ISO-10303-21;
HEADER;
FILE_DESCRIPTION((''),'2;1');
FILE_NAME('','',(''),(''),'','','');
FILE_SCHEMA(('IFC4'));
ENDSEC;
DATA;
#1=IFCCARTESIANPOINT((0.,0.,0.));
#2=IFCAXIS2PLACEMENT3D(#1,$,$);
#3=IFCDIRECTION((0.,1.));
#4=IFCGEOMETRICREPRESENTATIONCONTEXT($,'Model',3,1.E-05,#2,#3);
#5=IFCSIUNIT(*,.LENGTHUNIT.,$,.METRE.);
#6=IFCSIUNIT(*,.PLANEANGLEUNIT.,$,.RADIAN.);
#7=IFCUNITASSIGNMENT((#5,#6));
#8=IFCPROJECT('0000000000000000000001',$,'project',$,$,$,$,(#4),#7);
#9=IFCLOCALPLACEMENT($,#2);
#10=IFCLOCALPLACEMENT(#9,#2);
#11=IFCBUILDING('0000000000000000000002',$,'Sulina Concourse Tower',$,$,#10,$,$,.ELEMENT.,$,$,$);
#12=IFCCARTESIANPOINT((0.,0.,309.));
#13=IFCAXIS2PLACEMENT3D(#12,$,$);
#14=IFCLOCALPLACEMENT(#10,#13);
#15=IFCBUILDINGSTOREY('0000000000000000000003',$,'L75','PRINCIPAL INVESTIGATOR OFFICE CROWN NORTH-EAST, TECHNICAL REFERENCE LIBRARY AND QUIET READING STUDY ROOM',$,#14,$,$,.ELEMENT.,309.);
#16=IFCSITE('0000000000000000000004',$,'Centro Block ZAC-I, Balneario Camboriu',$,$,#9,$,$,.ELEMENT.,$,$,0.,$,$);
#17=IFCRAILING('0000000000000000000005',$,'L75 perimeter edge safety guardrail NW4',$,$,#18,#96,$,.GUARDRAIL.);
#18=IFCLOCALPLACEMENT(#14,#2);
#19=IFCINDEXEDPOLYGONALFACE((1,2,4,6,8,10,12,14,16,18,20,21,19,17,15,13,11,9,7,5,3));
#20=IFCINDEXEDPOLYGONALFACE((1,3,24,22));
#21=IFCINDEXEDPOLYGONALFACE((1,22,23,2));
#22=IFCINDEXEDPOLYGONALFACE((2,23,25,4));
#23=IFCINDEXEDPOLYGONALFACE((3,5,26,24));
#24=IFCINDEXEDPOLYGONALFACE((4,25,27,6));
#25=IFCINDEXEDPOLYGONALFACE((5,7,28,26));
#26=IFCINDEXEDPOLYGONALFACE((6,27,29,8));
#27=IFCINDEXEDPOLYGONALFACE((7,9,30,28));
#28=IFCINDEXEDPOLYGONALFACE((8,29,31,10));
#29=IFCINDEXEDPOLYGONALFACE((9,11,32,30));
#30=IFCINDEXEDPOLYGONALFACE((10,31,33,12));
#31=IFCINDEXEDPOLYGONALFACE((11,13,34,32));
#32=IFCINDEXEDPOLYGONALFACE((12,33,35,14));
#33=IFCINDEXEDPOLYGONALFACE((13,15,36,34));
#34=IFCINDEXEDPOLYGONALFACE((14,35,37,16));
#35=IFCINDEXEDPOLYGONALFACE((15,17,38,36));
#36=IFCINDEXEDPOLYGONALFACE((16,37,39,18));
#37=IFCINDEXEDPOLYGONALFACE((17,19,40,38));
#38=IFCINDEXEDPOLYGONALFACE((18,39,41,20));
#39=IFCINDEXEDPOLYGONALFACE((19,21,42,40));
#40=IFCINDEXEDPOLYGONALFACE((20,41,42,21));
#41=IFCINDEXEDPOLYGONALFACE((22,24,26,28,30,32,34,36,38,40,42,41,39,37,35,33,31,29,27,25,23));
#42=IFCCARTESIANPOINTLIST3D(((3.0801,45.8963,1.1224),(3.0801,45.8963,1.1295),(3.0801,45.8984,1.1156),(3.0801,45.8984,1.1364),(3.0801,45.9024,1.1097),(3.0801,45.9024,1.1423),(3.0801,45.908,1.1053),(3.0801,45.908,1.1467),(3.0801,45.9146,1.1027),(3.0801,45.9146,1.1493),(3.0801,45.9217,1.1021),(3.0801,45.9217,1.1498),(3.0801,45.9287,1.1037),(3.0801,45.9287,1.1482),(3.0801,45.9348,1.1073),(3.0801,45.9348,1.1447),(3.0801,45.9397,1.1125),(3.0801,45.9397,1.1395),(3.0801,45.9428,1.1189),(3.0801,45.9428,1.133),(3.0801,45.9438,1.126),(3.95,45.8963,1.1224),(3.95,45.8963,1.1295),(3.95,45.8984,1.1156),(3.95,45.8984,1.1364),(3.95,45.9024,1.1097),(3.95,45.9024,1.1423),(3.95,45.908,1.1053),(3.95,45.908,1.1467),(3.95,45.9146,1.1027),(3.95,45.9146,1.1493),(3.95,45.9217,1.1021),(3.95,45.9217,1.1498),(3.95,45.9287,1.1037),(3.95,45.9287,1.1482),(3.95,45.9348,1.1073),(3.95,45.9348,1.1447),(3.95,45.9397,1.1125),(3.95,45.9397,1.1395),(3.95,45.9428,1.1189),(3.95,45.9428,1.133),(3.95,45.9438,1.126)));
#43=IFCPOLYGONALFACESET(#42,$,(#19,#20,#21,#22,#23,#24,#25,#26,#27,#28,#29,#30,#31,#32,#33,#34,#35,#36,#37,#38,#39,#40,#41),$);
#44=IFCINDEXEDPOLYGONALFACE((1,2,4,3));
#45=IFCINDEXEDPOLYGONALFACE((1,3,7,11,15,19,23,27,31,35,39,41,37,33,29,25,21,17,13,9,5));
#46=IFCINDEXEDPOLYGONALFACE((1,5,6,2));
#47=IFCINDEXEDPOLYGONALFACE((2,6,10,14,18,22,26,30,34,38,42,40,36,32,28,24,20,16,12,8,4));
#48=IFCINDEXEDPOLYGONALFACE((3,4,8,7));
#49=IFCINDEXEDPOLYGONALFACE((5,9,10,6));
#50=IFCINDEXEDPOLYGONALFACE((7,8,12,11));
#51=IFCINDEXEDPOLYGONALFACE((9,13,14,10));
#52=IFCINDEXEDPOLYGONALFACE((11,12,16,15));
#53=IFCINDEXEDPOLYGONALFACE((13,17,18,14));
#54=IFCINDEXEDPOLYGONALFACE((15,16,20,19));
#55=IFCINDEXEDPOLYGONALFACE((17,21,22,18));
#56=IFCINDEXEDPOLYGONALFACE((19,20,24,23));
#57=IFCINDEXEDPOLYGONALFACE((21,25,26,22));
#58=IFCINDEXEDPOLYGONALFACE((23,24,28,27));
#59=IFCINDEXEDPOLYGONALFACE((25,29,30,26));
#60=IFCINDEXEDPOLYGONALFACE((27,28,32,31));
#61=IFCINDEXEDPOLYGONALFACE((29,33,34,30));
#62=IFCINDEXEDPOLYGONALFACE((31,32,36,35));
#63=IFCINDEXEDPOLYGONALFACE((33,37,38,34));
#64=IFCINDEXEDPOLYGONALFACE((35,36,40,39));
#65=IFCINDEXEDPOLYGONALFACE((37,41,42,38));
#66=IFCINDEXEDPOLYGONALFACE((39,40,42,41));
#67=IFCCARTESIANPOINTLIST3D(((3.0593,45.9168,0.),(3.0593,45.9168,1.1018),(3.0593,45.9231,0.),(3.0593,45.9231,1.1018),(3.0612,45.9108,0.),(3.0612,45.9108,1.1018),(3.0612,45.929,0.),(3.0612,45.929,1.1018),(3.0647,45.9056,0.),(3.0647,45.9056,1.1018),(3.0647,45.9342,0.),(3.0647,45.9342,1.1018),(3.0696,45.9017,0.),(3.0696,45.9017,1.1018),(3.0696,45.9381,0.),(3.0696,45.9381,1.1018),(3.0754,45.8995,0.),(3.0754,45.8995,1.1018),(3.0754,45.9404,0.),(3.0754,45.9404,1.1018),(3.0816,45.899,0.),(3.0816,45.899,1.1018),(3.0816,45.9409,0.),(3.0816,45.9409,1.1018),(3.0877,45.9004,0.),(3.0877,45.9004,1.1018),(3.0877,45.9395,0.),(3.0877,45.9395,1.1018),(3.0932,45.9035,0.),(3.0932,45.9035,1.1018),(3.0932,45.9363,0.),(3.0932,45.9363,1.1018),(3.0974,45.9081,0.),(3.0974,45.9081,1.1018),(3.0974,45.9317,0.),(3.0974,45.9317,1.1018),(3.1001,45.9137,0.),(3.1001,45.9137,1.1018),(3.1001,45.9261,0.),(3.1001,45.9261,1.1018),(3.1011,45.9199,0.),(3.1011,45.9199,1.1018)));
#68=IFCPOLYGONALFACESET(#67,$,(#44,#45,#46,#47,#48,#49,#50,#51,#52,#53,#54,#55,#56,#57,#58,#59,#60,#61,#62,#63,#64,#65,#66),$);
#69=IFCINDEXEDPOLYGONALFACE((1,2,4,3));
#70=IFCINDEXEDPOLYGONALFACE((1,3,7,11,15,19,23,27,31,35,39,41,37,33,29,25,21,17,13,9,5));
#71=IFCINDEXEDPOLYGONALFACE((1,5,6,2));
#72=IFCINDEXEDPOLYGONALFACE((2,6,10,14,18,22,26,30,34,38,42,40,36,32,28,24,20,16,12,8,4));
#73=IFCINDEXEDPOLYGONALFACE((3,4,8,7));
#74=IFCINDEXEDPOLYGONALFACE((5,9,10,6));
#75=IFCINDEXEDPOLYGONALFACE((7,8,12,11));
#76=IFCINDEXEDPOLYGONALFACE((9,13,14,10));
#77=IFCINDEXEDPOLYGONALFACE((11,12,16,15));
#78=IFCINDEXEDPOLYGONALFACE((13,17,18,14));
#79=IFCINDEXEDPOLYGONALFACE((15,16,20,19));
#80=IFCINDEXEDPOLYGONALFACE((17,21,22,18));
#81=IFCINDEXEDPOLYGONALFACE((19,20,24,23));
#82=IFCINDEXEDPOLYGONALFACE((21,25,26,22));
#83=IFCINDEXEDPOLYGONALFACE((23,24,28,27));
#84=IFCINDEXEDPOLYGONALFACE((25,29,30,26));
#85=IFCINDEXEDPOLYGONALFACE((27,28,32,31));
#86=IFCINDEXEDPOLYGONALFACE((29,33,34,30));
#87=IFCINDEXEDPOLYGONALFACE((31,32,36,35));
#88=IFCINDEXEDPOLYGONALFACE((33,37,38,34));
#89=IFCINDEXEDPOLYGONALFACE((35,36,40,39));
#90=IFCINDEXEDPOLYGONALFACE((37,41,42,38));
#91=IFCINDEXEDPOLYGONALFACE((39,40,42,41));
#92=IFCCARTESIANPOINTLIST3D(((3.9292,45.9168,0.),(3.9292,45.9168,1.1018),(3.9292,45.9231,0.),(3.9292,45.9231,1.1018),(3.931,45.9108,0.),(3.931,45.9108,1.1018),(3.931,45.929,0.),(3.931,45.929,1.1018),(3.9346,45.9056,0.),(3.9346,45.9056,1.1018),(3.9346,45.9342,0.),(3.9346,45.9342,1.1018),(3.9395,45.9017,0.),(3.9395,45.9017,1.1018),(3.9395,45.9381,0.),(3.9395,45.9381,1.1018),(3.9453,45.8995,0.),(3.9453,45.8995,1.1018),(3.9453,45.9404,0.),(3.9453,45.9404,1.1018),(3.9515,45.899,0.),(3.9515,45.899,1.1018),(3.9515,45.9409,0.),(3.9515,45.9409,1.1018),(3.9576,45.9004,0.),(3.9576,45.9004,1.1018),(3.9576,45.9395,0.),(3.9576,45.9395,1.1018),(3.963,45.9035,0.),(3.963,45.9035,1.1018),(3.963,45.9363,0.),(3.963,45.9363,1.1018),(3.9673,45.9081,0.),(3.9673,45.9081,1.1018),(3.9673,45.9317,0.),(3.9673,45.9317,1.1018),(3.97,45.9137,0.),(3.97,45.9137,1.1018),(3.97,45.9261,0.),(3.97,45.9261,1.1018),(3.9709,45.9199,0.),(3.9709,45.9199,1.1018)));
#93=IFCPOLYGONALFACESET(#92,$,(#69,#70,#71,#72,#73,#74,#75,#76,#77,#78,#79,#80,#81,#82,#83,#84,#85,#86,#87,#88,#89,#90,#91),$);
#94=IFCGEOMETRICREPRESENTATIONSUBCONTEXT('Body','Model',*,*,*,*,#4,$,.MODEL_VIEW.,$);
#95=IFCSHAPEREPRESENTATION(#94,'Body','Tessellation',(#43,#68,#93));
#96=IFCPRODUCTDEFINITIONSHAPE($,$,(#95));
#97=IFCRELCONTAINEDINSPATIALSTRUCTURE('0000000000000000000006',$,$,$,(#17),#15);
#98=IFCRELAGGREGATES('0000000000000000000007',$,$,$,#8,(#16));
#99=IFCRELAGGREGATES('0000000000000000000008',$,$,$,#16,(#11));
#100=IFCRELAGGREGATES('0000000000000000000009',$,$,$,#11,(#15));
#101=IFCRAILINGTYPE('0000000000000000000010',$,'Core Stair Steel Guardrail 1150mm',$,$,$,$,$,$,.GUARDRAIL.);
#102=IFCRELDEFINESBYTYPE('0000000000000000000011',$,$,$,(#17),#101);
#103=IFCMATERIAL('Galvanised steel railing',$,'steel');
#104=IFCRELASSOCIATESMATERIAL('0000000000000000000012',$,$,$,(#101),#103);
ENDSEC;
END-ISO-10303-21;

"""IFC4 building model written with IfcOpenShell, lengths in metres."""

from ifc_helpers import new_model, si_unit, direction, frame, origin, origin_2d, place, context, subcontext, project, spatial, circle, extrude, material, type_object, element, save


model = new_model("IFC4")

# Units and contexts
model_context = context("Model", 3, precision=1e-05, world=origin(), true_north=direction((0.0, 1.0)))
body_context = subcontext(model_context, "Body", "Model", "MODEL_VIEW")
ifc_project = project(units=[si_unit("LENGTHUNIT", "METRE"), si_unit("PLANEANGLEUNIT", "RADIAN")], contexts=[model_context])

# Site, building, storey
site_placement = place(None, origin())
site = spatial("IfcSite", under=ifc_project, at=site_placement, Name="Centro Block ZAC-I, Balneario Camboriu", CompositionType="ELEMENT", RefElevation=0.0)
building_placement = place(site_placement, origin())
building = spatial("IfcBuilding", under=site, at=building_placement, Name="Sulina Concourse Tower", CompositionType="ELEMENT")
storey_placement = place(building_placement, frame((0.0, 0.0, 309.0)))
storey = spatial("IfcBuildingStorey", under=building, at=storey_placement, Name="L75", Description="PRINCIPAL INVESTIGATOR OFFICE CROWN NORTH-EAST, TECHNICAL REFERENCE LIBRARY AND QUIET READING STUDY ROOM", CompositionType="ELEMENT", Elevation=309.0)

# Railing
ifc_material_1 = material(Name="Galvanised steel railing", Category="steel")
railing_type_1 = type_object("IfcRailingType", Name="Core Stair Steel Guardrail 1150mm", PredefinedType="GUARDRAIL", material=ifc_material_1)
railing_1_placement = place(storey_placement, frame((3.0801, 45.9199, 0.0)))
element("IfcRailing", 1, at=railing_1_placement, inside=storey, type_object=railing_type_1, Name="L75 perimeter edge safety guardrail NW4", PredefinedType="GUARDRAIL", context=body_context, shape_type="SweptSolid", body=[
    extrude(circle(Radius=0.0239, at=origin_2d()), frame((0.0, 0.0, 1.126), z_axis=(1.0, 0.0, 0.0), x_axis=(0.0, 1.0, 0.0)), (0.0, 0.0, 1.0), 0.8699),
    extrude(circle(Radius=0.021, at=origin_2d()), origin(), (0.0, 0.0, 1.0), 1.1018),
    extrude(circle(Radius=0.021, at=origin_2d()), frame((0.8699, 0.0, 0.0)), (0.0, 0.0, 1.0), 1.1018),
])

save(model, "model.ifc")
